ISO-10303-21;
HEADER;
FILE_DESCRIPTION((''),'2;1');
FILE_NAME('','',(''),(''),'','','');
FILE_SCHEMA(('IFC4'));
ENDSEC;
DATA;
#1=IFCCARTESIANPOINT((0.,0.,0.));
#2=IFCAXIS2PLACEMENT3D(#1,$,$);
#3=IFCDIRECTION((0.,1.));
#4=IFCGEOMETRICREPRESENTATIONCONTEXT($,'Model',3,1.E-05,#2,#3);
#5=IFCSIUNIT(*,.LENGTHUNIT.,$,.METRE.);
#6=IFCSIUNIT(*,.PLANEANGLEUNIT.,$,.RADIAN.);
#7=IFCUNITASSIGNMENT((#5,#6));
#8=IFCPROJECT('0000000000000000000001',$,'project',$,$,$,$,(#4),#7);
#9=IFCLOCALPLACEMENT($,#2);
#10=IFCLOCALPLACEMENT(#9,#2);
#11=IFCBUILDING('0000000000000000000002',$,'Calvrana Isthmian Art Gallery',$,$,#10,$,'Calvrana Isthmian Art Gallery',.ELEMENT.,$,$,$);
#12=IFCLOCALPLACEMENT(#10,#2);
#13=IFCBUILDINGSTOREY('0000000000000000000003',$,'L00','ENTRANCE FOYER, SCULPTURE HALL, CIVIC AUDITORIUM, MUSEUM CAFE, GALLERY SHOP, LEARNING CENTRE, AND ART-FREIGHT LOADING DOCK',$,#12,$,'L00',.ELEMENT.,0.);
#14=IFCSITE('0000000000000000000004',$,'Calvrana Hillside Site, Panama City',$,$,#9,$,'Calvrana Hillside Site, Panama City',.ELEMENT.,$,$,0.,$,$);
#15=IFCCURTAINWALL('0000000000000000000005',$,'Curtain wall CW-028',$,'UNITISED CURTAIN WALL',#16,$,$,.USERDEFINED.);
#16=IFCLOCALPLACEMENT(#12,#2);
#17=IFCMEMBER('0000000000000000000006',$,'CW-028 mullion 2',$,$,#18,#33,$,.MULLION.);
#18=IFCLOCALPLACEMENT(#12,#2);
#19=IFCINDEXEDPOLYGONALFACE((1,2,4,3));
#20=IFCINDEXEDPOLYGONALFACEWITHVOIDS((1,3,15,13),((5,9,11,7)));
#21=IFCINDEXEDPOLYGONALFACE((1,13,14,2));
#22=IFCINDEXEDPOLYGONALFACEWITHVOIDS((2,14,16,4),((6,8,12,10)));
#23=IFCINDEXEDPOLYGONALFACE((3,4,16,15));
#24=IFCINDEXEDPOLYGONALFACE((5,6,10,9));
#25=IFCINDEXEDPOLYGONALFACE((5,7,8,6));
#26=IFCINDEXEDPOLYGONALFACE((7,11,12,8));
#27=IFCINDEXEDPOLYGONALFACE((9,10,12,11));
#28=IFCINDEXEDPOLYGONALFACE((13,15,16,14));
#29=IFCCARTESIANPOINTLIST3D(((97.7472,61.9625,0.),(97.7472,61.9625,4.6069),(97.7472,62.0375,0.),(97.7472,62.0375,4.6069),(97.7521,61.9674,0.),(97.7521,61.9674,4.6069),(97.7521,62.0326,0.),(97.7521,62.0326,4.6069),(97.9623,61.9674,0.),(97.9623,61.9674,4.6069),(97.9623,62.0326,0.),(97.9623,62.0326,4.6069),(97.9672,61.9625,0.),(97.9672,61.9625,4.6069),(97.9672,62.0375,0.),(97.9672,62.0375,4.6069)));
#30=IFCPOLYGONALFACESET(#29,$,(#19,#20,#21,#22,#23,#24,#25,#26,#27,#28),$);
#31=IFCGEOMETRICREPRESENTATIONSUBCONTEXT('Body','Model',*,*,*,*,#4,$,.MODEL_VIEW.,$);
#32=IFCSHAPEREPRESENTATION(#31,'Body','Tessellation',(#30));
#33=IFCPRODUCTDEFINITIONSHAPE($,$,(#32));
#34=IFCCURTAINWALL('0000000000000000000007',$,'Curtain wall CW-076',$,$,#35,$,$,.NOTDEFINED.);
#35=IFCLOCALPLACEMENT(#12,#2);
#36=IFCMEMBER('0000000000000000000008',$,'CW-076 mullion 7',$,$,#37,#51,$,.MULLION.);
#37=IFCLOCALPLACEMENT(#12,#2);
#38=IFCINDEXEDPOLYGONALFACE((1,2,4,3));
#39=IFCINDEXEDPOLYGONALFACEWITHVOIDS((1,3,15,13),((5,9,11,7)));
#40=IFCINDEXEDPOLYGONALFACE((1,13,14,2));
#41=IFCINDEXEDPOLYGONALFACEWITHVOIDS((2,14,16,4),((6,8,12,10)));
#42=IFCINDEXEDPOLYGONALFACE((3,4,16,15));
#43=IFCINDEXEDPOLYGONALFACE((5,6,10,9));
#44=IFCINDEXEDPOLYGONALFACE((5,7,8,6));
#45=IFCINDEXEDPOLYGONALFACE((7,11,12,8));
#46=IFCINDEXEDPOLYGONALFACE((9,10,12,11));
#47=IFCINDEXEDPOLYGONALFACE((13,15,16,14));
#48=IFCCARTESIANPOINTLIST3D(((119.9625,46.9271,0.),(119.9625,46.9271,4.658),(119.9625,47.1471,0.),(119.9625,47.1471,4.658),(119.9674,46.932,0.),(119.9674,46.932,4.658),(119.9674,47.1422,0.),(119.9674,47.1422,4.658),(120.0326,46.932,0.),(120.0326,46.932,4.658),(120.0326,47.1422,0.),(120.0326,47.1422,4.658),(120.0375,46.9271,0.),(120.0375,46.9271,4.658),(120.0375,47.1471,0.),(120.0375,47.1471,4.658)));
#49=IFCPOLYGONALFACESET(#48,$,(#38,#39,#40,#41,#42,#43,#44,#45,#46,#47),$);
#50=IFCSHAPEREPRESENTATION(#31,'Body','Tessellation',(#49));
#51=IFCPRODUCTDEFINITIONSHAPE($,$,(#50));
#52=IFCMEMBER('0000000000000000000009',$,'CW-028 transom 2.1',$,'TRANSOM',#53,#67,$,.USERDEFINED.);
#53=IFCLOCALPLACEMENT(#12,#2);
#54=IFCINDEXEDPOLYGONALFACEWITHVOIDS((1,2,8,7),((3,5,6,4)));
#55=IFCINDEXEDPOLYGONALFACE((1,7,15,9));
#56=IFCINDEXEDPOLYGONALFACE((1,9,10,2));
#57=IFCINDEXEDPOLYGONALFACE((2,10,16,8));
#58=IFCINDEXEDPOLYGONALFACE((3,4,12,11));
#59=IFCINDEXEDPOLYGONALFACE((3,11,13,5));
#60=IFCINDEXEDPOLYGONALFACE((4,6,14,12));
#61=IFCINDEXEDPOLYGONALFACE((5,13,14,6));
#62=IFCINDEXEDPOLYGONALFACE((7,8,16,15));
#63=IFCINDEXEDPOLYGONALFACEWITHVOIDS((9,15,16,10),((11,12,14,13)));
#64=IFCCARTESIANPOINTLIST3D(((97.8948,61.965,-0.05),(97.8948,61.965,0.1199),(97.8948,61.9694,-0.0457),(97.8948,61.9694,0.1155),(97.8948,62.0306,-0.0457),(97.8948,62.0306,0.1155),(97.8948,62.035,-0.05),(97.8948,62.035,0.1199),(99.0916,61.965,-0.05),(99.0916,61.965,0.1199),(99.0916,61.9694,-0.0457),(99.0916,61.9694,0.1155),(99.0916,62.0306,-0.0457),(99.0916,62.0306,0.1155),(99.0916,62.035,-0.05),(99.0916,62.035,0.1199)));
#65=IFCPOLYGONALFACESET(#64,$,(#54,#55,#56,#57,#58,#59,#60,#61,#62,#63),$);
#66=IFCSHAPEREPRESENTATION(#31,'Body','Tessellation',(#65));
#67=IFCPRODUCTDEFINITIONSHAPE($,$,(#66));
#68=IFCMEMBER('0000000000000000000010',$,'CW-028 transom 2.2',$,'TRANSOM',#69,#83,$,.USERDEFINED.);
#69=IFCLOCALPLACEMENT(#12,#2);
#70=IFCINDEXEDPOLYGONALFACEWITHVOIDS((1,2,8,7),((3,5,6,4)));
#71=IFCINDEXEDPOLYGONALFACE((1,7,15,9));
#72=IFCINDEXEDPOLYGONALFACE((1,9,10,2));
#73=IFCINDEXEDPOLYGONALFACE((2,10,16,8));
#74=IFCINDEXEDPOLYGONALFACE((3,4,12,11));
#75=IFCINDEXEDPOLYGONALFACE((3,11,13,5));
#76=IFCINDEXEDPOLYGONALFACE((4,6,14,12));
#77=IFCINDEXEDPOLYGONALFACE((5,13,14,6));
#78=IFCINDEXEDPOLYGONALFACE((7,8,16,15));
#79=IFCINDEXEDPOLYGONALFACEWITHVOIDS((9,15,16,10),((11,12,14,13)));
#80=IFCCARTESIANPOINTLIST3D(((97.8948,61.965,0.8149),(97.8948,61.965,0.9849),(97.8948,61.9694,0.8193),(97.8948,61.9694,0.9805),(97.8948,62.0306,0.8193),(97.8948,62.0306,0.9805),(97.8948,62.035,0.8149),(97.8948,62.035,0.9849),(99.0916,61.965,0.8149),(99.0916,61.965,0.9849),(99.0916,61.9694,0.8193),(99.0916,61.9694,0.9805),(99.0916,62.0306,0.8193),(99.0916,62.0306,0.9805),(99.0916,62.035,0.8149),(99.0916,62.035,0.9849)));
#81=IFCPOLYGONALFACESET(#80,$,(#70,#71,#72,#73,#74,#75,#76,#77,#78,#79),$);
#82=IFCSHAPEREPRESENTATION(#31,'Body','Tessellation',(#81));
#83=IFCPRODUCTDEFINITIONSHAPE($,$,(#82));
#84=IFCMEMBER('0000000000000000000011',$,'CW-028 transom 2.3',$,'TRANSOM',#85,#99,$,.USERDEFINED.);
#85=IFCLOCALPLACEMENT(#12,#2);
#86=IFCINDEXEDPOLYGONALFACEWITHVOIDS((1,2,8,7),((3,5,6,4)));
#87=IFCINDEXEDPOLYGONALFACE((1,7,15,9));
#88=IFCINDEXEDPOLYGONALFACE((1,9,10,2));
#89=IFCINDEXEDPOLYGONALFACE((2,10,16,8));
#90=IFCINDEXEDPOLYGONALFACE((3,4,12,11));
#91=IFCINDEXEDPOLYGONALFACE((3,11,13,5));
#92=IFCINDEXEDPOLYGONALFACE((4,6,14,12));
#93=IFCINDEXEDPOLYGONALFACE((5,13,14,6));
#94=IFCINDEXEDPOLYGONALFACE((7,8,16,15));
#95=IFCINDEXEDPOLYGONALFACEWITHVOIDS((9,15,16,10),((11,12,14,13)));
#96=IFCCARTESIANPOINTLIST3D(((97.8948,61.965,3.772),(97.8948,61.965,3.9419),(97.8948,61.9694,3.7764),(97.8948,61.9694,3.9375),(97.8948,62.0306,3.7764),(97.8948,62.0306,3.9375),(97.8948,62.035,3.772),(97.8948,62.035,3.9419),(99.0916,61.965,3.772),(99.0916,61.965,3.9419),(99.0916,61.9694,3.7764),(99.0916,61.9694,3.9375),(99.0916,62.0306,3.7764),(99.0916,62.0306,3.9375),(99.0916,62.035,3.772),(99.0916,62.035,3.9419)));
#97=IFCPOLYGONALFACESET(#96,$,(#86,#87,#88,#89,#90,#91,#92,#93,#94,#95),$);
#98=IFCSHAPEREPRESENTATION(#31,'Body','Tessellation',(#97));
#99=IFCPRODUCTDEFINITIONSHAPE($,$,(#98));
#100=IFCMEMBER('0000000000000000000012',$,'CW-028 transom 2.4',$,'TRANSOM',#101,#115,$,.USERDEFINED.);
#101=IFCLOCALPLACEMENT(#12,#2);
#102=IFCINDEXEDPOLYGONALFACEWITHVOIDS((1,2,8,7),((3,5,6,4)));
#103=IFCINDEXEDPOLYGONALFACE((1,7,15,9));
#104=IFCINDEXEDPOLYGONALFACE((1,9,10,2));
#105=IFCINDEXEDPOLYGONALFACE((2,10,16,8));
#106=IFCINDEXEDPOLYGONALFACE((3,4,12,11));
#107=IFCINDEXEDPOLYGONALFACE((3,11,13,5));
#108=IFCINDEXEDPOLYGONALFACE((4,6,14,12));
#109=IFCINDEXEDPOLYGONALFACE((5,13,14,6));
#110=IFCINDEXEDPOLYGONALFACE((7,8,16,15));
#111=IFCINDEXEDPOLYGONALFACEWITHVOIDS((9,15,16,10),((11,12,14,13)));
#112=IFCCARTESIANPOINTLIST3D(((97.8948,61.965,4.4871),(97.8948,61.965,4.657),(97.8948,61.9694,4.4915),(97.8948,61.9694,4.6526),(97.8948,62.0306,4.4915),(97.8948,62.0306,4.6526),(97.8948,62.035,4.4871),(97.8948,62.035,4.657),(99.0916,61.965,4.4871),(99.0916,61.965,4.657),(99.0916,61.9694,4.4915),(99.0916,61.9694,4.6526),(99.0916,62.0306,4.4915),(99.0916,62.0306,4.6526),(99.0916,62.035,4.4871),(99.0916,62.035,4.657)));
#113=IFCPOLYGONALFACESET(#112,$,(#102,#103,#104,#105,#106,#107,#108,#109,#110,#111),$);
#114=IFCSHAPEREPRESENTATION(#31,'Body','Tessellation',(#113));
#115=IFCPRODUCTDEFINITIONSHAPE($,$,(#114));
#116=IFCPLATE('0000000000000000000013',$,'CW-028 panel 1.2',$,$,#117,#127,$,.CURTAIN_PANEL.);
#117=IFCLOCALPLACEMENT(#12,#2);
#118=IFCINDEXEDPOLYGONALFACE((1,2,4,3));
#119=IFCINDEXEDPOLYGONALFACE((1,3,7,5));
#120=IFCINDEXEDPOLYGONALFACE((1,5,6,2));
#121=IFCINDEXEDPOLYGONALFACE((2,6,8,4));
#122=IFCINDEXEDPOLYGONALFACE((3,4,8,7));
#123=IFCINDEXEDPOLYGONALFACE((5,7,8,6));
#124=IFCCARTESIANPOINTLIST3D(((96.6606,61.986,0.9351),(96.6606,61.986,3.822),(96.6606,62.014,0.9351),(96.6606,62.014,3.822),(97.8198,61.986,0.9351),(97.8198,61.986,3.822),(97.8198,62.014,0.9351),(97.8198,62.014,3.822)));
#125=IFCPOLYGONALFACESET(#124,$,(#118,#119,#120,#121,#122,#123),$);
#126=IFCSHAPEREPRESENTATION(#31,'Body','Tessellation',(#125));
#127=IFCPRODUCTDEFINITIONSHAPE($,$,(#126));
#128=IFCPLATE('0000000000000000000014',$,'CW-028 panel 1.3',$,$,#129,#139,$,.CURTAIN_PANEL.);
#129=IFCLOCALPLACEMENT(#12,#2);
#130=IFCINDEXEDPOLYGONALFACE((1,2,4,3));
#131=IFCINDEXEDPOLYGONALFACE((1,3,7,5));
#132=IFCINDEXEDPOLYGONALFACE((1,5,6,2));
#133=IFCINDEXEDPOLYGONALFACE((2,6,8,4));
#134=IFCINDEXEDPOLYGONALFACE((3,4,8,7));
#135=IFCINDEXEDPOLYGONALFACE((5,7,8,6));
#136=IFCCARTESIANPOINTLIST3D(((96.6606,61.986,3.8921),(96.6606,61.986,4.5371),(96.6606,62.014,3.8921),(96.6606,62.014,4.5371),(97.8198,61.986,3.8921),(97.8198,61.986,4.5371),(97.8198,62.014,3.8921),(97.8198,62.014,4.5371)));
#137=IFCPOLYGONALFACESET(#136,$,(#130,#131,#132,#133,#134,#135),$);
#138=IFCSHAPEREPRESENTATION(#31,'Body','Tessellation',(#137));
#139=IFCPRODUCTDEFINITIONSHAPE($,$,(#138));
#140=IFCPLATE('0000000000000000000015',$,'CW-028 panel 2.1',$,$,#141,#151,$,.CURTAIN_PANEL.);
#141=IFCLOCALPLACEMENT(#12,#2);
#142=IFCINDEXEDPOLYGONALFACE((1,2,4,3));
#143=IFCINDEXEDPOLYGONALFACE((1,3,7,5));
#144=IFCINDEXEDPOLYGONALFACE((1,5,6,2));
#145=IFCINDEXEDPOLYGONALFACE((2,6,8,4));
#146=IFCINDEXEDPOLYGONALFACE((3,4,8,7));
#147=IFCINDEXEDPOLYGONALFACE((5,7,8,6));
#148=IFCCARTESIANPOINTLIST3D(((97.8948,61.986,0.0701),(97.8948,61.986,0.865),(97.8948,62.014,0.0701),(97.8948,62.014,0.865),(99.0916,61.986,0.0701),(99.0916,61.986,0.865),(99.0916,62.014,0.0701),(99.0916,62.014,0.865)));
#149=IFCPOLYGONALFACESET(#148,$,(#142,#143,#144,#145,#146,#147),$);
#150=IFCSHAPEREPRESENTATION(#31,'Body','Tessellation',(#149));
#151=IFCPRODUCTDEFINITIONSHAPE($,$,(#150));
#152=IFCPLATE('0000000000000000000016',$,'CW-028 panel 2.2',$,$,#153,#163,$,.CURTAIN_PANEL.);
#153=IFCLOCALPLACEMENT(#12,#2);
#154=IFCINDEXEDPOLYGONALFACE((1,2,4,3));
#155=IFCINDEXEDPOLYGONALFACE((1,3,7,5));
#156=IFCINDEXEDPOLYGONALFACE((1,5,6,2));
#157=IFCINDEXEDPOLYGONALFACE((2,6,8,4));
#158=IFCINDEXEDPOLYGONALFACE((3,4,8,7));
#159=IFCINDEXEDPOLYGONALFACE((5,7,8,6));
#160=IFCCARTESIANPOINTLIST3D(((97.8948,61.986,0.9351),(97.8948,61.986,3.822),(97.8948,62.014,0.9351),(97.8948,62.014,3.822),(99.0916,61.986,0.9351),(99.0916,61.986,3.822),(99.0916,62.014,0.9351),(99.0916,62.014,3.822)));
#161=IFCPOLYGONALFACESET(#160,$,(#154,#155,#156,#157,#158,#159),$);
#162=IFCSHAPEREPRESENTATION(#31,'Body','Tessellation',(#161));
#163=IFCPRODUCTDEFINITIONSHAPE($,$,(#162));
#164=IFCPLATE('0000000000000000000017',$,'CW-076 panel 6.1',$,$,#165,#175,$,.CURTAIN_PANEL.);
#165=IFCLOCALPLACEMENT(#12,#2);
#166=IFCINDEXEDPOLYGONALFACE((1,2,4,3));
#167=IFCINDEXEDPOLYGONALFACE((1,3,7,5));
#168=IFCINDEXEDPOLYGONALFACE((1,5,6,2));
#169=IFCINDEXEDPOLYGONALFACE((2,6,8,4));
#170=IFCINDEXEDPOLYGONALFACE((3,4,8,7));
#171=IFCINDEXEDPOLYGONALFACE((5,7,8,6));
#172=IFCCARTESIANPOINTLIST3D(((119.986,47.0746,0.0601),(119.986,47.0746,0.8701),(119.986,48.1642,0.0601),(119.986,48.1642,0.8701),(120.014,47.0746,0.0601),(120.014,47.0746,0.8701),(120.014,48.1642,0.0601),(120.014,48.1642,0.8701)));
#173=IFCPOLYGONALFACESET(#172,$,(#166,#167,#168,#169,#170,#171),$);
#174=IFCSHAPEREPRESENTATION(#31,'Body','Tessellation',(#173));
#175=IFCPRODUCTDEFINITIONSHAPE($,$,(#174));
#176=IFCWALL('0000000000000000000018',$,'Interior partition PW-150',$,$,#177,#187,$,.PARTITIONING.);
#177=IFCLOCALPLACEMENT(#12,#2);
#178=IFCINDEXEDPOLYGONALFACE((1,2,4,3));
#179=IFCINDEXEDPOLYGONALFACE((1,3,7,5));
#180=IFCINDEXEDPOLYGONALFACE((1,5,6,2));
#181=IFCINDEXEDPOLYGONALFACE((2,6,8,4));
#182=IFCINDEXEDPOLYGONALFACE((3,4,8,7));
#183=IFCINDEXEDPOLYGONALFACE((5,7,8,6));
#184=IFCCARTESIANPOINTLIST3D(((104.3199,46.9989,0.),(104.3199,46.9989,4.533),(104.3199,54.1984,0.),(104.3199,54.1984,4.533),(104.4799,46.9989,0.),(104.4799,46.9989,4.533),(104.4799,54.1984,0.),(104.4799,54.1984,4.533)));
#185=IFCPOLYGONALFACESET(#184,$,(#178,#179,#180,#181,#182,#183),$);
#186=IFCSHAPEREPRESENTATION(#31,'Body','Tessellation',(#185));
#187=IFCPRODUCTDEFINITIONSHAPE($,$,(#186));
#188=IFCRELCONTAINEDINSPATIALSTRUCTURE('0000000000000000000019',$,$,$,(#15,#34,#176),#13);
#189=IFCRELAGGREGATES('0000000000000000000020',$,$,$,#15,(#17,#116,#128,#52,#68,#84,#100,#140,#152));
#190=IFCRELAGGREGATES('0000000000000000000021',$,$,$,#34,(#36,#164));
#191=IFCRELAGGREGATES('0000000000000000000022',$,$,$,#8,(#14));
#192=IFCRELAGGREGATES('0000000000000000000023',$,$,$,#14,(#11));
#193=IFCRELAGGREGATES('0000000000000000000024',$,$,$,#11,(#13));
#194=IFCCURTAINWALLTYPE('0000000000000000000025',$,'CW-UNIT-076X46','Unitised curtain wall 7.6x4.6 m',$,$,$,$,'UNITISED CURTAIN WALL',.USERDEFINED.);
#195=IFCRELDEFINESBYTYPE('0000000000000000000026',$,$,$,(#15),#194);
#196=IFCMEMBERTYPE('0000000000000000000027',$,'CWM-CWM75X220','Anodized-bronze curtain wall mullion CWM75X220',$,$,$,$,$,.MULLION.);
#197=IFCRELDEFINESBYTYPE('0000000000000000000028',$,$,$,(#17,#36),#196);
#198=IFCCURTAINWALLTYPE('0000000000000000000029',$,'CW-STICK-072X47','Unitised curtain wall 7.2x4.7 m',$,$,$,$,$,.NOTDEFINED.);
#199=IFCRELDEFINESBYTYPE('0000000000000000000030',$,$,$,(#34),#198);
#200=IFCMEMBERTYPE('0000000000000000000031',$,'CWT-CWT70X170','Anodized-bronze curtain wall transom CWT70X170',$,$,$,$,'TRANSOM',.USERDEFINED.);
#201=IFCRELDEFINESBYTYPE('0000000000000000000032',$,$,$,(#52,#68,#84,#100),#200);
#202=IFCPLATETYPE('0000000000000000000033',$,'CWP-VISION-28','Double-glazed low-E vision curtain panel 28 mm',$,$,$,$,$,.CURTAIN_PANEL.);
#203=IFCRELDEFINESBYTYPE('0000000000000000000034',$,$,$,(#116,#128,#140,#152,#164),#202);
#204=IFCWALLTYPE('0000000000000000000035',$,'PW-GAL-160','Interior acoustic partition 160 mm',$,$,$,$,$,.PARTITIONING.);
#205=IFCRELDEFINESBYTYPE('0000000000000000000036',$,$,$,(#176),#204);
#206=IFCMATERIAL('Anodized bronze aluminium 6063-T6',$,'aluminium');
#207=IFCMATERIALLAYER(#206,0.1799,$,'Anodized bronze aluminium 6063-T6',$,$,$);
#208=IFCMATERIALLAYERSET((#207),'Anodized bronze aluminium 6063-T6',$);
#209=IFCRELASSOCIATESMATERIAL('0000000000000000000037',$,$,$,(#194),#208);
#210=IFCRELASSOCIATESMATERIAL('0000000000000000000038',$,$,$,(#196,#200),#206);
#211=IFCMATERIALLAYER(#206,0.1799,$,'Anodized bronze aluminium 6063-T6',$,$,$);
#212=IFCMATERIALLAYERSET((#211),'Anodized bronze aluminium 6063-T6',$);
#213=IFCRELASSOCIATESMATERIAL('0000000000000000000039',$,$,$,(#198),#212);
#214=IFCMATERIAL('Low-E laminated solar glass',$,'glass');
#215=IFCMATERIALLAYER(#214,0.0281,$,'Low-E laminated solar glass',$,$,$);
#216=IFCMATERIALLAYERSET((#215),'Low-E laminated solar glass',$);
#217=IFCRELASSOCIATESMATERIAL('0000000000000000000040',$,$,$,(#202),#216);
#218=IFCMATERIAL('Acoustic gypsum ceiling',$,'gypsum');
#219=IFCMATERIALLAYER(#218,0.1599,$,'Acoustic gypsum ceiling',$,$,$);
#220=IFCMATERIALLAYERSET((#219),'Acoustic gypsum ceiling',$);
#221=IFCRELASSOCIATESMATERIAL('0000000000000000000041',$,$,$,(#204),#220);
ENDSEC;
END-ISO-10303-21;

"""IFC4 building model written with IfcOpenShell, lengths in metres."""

from ifc_helpers import new_model, si_unit, direction, frame, frame_2d, origin, origin_2d, place, context, subcontext, project, spatial, rectangle, hollow_rectangle, extrude, material, layer, layer_set, material_profile, profile_set, type_object, element, aggregate, save


model = new_model("IFC4")

# Units and contexts
model_context = context("Model", 3, precision=1e-05, world=origin(), true_north=direction((0.0, 1.0)))
body_context = subcontext(model_context, "Body", "Model", "MODEL_VIEW")
ifc_project = project(units=[si_unit("LENGTHUNIT", "METRE"), si_unit("PLANEANGLEUNIT", "RADIAN")], contexts=[model_context])

# Site, building, storey
site_placement = place(None, origin())
site = spatial("IfcSite", under=ifc_project, at=site_placement, Name="Calvrana Hillside Site, Panama City", LongName="Calvrana Hillside Site, Panama City", CompositionType="ELEMENT", RefElevation=0.0)
building_placement = place(site_placement, origin())
building = spatial("IfcBuilding", under=site, at=building_placement, Name="Calvrana Isthmian Art Gallery", LongName="Calvrana Isthmian Art Gallery", CompositionType="ELEMENT")
storey_placement = place(building_placement, origin())
storey = spatial("IfcBuildingStorey", under=building, at=storey_placement, Name="L00", Description="ENTRANCE FOYER, SCULPTURE HALL, CIVIC AUDITORIUM, MUSEUM CAFE, GALLERY SHOP, LEARNING CENTRE, AND ART-FREIGHT LOADING DOCK", LongName="L00", CompositionType="ELEMENT", Elevation=0.0)

# Curtain walls, members
ifc_material_1 = material(Name="Anodized bronze aluminium 6063-T6", Category="aluminium")
ifc_layer_1 = layer(ifc_material_1, 0.1799, Name="Anodized bronze aluminium 6063-T6")
ifc_layer_set_1 = layer_set([ifc_layer_1], Name="Anodized bronze aluminium 6063-T6")
curtain_wall_type_1 = type_object("IfcCurtainWallType", Name="CW-UNIT-076X46", Description="Unitised curtain wall 7.6x4.6 m", ElementType="UNITISED CURTAIN WALL", PredefinedType="USERDEFINED", material=ifc_layer_set_1)
curtain_wall_1_placement = place(storey_placement, origin())
curtain_wall_1 = element("IfcCurtainWall", 1, at=curtain_wall_1_placement, inside=storey, type_object=curtain_wall_type_1, Name="Curtain wall CW-028", ObjectType="UNITISED CURTAIN WALL", PredefinedType="USERDEFINED")
ifc_material_profile_1 = material_profile(ifc_material_1, hollow_rectangle(XDim=0.075, YDim=0.22, WallThickness=0.0049, at=origin_2d()), Name="CWM75X220")
ifc_profile_set_1 = profile_set([ifc_material_profile_1], Name="Anodized bronze aluminium 6063-T6")
member_type_1 = type_object("IfcMemberType", Name="CWM-CWM75X220", Description="Anodized-bronze curtain wall mullion CWM75X220", PredefinedType="MULLION", material=ifc_profile_set_1)
member_1_placement = place(storey_placement, frame((97.8572, 62.0, 0.0), z_axis=(0.0, 0.0, 1.0), x_axis=(0.0, 1.0, 0.0)))
member_1 = element("IfcMember", 2, at=member_1_placement, type_object=member_type_1, Name="CW-028 mullion 2", PredefinedType="MULLION", context=body_context, shape_type="SweptSolid", body=[
    extrude(hollow_rectangle(XDim=0.075, YDim=0.22, WallThickness=0.0049, at=origin_2d()), origin(), (0.0, 0.0, 1.0), 4.6069),
])
ifc_layer_2 = layer(ifc_material_1, 0.1799, Name="Anodized bronze aluminium 6063-T6")
ifc_layer_set_2 = layer_set([ifc_layer_2], Name="Anodized bronze aluminium 6063-T6")
curtain_wall_type_2 = type_object("IfcCurtainWallType", Name="CW-STICK-072X47", Description="Unitised curtain wall 7.2x4.7 m", PredefinedType="NOTDEFINED", material=ifc_layer_set_2)
curtain_wall_2_placement = place(storey_placement, origin())
curtain_wall_2 = element("IfcCurtainWall", 3, at=curtain_wall_2_placement, inside=storey, type_object=curtain_wall_type_2, Name="Curtain wall CW-076", PredefinedType="NOTDEFINED")
member_2_placement = place(storey_placement, frame((120.0, 47.0371, 0.0), z_axis=(0.0, 0.0, 1.0), x_axis=(1.0, 0.0, 0.0)))
member_2 = element("IfcMember", 4, at=member_2_placement, type_object=member_type_1, Name="CW-076 mullion 7", PredefinedType="MULLION", context=body_context, shape_type="SweptSolid", body=[
    extrude(hollow_rectangle(XDim=0.075, YDim=0.22, WallThickness=0.0049, at=origin_2d()), origin(), (0.0, 0.0, 1.0), 4.658),
])

# Members
ifc_material_profile_2 = material_profile(ifc_material_1, hollow_rectangle(XDim=0.0701, YDim=0.1699, WallThickness=0.0044, at=origin_2d()), Name="CWT70X170")
ifc_profile_set_2 = profile_set([ifc_material_profile_2], Name="Anodized bronze aluminium 6063-T6")
member_type_2 = type_object("IfcMemberType", Name="CWT-CWT70X170", Description="Anodized-bronze curtain wall transom CWT70X170", ElementType="TRANSOM", PredefinedType="USERDEFINED", material=ifc_profile_set_2)
member_3_placement = place(storey_placement, frame((97.8948, 62.0, 0.0349), z_axis=(1.0, 0.0, 0.0), x_axis=(0.0, 1.0, 0.0)))
member_3 = element("IfcMember", 5, at=member_3_placement, type_object=member_type_2, Name="CW-028 transom 2.1", ObjectType="TRANSOM", PredefinedType="USERDEFINED", context=body_context, shape_type="SweptSolid", body=[
    extrude(hollow_rectangle(XDim=0.0701, YDim=0.1699, WallThickness=0.0044, at=origin_2d()), origin(), (0.0, 0.0, 1.0), 1.1968),
])
member_4_placement = place(storey_placement, frame((97.8948, 62.0, 0.8999), z_axis=(1.0, 0.0, 0.0), x_axis=(0.0, 1.0, 0.0)))
member_4 = element("IfcMember", 6, at=member_4_placement, type_object=member_type_2, Name="CW-028 transom 2.2", ObjectType="TRANSOM", PredefinedType="USERDEFINED", context=body_context, shape_type="SweptSolid", body=[
    extrude(hollow_rectangle(XDim=0.0701, YDim=0.1699, WallThickness=0.0044, at=origin_2d()), origin(), (0.0, 0.0, 1.0), 1.1968),
])
member_5_placement = place(storey_placement, frame((97.8948, 62.0, 3.8569), z_axis=(1.0, 0.0, 0.0), x_axis=(0.0, 1.0, 0.0)))
member_5 = element("IfcMember", 7, at=member_5_placement, type_object=member_type_2, Name="CW-028 transom 2.3", ObjectType="TRANSOM", PredefinedType="USERDEFINED", context=body_context, shape_type="SweptSolid", body=[
    extrude(hollow_rectangle(XDim=0.0701, YDim=0.1699, WallThickness=0.0044, at=origin_2d()), origin(), (0.0, 0.0, 1.0), 1.1968),
])
member_6_placement = place(storey_placement, frame((97.8948, 62.0, 4.572), z_axis=(1.0, 0.0, 0.0), x_axis=(0.0, 1.0, 0.0)))
member_6 = element("IfcMember", 8, at=member_6_placement, type_object=member_type_2, Name="CW-028 transom 2.4", ObjectType="TRANSOM", PredefinedType="USERDEFINED", context=body_context, shape_type="SweptSolid", body=[
    extrude(hollow_rectangle(XDim=0.0701, YDim=0.1699, WallThickness=0.0044, at=origin_2d()), origin(), (0.0, 0.0, 1.0), 1.1968),
])

# Plates
ifc_material_2 = material(Name="Low-E laminated solar glass", Category="glass")
ifc_layer_3 = layer(ifc_material_2, 0.0281, Name="Low-E laminated solar glass")
ifc_layer_set_3 = layer_set([ifc_layer_3], Name="Low-E laminated solar glass")
plate_type = type_object("IfcPlateType", Name="CWP-VISION-28", Description="Double-glazed low-E vision curtain panel 28 mm", PredefinedType="CURTAIN_PANEL", material=ifc_layer_set_3)
plate_1_placement = place(storey_placement, frame((97.2402, 62.0, 0.9351), z_axis=(0.0, 0.0, 1.0), x_axis=(1.0, 0.0, 0.0)))
plate_1 = element("IfcPlate", 9, at=plate_1_placement, type_object=plate_type, Name="CW-028 panel 1.2", PredefinedType="CURTAIN_PANEL", context=body_context, shape_type="SweptSolid", body=[
    extrude(rectangle(XDim=1.1592, YDim=0.0281, at=origin_2d()), origin(), (0.0, 0.0, 1.0), 2.887),
])
plate_2_placement = place(storey_placement, frame((97.2402, 62.0, 3.8921), z_axis=(0.0, 0.0, 1.0), x_axis=(1.0, 0.0, 0.0)))
plate_2 = element("IfcPlate", 10, at=plate_2_placement, type_object=plate_type, Name="CW-028 panel 1.3", PredefinedType="CURTAIN_PANEL", context=body_context, shape_type="SweptSolid", body=[
    extrude(rectangle(XDim=1.1592, YDim=0.0281, at=origin_2d()), origin(), (0.0, 0.0, 1.0), 0.645),
])
plate_3_placement = place(storey_placement, frame((98.4932, 62.0, 0.0701), z_axis=(0.0, 0.0, 1.0), x_axis=(1.0, 0.0, 0.0)))
plate_3 = element("IfcPlate", 11, at=plate_3_placement, type_object=plate_type, Name="CW-028 panel 2.1", PredefinedType="CURTAIN_PANEL", context=body_context, shape_type="SweptSolid", body=[
    extrude(rectangle(XDim=1.1968, YDim=0.0281, at=origin_2d()), origin(), (0.0, 0.0, 1.0), 0.7949),
])
plate_4_placement = place(storey_placement, frame((98.4932, 62.0, 0.9351), z_axis=(0.0, 0.0, 1.0), x_axis=(1.0, 0.0, 0.0)))
plate_4 = element("IfcPlate", 12, at=plate_4_placement, type_object=plate_type, Name="CW-028 panel 2.2", PredefinedType="CURTAIN_PANEL", context=body_context, shape_type="SweptSolid", body=[
    extrude(rectangle(XDim=1.1968, YDim=0.0281, at=origin_2d()), origin(), (0.0, 0.0, 1.0), 2.887),
])
aggregate(curtain_wall_1, [member_1, plate_1, plate_2, member_3, member_4, member_5, member_6, plate_3, plate_4])
plate_5_placement = place(storey_placement, frame((120.0, 47.6194, 0.0601), z_axis=(0.0, 0.0, 1.0), x_axis=(0.0, -1.0, 0.0)))
plate_5 = element("IfcPlate", 13, at=plate_5_placement, type_object=plate_type, Name="CW-076 panel 6.1", PredefinedType="CURTAIN_PANEL", context=body_context, shape_type="SweptSolid", body=[
    extrude(rectangle(XDim=1.0896, YDim=0.0281, at=origin_2d()), origin(), (0.0, 0.0, 1.0), 0.8101),
])
aggregate(curtain_wall_2, [member_2, plate_5])

# Wall
ifc_material_3 = material(Name="Acoustic gypsum ceiling", Category="gypsum")
ifc_layer_4 = layer(ifc_material_3, 0.1599, Name="Acoustic gypsum ceiling")
ifc_layer_set_4 = layer_set([ifc_layer_4], Name="Acoustic gypsum ceiling")
wall_type = type_object("IfcWallType", Name="PW-GAL-160", Description="Interior acoustic partition 160 mm", PredefinedType="PARTITIONING", material=ifc_layer_set_4)
wall_1_placement = place(storey_placement, frame((104.3999, 46.999, 0.0), z_axis=(0.0, 0.0, 1.0), x_axis=(0.0, 1.0, 0.0)))
element("IfcWall", 14, at=wall_1_placement, inside=storey, type_object=wall_type, Name="Interior partition PW-150", PredefinedType="PARTITIONING", context=body_context, shape_type="SweptSolid", body=[
    extrude(rectangle(XDim=7.1995, YDim=0.1599, at=frame_2d((3.5996, 0.0))), origin(), (0.0, 0.0, 1.0), 4.533),
])

save(model, "model.ifc")
